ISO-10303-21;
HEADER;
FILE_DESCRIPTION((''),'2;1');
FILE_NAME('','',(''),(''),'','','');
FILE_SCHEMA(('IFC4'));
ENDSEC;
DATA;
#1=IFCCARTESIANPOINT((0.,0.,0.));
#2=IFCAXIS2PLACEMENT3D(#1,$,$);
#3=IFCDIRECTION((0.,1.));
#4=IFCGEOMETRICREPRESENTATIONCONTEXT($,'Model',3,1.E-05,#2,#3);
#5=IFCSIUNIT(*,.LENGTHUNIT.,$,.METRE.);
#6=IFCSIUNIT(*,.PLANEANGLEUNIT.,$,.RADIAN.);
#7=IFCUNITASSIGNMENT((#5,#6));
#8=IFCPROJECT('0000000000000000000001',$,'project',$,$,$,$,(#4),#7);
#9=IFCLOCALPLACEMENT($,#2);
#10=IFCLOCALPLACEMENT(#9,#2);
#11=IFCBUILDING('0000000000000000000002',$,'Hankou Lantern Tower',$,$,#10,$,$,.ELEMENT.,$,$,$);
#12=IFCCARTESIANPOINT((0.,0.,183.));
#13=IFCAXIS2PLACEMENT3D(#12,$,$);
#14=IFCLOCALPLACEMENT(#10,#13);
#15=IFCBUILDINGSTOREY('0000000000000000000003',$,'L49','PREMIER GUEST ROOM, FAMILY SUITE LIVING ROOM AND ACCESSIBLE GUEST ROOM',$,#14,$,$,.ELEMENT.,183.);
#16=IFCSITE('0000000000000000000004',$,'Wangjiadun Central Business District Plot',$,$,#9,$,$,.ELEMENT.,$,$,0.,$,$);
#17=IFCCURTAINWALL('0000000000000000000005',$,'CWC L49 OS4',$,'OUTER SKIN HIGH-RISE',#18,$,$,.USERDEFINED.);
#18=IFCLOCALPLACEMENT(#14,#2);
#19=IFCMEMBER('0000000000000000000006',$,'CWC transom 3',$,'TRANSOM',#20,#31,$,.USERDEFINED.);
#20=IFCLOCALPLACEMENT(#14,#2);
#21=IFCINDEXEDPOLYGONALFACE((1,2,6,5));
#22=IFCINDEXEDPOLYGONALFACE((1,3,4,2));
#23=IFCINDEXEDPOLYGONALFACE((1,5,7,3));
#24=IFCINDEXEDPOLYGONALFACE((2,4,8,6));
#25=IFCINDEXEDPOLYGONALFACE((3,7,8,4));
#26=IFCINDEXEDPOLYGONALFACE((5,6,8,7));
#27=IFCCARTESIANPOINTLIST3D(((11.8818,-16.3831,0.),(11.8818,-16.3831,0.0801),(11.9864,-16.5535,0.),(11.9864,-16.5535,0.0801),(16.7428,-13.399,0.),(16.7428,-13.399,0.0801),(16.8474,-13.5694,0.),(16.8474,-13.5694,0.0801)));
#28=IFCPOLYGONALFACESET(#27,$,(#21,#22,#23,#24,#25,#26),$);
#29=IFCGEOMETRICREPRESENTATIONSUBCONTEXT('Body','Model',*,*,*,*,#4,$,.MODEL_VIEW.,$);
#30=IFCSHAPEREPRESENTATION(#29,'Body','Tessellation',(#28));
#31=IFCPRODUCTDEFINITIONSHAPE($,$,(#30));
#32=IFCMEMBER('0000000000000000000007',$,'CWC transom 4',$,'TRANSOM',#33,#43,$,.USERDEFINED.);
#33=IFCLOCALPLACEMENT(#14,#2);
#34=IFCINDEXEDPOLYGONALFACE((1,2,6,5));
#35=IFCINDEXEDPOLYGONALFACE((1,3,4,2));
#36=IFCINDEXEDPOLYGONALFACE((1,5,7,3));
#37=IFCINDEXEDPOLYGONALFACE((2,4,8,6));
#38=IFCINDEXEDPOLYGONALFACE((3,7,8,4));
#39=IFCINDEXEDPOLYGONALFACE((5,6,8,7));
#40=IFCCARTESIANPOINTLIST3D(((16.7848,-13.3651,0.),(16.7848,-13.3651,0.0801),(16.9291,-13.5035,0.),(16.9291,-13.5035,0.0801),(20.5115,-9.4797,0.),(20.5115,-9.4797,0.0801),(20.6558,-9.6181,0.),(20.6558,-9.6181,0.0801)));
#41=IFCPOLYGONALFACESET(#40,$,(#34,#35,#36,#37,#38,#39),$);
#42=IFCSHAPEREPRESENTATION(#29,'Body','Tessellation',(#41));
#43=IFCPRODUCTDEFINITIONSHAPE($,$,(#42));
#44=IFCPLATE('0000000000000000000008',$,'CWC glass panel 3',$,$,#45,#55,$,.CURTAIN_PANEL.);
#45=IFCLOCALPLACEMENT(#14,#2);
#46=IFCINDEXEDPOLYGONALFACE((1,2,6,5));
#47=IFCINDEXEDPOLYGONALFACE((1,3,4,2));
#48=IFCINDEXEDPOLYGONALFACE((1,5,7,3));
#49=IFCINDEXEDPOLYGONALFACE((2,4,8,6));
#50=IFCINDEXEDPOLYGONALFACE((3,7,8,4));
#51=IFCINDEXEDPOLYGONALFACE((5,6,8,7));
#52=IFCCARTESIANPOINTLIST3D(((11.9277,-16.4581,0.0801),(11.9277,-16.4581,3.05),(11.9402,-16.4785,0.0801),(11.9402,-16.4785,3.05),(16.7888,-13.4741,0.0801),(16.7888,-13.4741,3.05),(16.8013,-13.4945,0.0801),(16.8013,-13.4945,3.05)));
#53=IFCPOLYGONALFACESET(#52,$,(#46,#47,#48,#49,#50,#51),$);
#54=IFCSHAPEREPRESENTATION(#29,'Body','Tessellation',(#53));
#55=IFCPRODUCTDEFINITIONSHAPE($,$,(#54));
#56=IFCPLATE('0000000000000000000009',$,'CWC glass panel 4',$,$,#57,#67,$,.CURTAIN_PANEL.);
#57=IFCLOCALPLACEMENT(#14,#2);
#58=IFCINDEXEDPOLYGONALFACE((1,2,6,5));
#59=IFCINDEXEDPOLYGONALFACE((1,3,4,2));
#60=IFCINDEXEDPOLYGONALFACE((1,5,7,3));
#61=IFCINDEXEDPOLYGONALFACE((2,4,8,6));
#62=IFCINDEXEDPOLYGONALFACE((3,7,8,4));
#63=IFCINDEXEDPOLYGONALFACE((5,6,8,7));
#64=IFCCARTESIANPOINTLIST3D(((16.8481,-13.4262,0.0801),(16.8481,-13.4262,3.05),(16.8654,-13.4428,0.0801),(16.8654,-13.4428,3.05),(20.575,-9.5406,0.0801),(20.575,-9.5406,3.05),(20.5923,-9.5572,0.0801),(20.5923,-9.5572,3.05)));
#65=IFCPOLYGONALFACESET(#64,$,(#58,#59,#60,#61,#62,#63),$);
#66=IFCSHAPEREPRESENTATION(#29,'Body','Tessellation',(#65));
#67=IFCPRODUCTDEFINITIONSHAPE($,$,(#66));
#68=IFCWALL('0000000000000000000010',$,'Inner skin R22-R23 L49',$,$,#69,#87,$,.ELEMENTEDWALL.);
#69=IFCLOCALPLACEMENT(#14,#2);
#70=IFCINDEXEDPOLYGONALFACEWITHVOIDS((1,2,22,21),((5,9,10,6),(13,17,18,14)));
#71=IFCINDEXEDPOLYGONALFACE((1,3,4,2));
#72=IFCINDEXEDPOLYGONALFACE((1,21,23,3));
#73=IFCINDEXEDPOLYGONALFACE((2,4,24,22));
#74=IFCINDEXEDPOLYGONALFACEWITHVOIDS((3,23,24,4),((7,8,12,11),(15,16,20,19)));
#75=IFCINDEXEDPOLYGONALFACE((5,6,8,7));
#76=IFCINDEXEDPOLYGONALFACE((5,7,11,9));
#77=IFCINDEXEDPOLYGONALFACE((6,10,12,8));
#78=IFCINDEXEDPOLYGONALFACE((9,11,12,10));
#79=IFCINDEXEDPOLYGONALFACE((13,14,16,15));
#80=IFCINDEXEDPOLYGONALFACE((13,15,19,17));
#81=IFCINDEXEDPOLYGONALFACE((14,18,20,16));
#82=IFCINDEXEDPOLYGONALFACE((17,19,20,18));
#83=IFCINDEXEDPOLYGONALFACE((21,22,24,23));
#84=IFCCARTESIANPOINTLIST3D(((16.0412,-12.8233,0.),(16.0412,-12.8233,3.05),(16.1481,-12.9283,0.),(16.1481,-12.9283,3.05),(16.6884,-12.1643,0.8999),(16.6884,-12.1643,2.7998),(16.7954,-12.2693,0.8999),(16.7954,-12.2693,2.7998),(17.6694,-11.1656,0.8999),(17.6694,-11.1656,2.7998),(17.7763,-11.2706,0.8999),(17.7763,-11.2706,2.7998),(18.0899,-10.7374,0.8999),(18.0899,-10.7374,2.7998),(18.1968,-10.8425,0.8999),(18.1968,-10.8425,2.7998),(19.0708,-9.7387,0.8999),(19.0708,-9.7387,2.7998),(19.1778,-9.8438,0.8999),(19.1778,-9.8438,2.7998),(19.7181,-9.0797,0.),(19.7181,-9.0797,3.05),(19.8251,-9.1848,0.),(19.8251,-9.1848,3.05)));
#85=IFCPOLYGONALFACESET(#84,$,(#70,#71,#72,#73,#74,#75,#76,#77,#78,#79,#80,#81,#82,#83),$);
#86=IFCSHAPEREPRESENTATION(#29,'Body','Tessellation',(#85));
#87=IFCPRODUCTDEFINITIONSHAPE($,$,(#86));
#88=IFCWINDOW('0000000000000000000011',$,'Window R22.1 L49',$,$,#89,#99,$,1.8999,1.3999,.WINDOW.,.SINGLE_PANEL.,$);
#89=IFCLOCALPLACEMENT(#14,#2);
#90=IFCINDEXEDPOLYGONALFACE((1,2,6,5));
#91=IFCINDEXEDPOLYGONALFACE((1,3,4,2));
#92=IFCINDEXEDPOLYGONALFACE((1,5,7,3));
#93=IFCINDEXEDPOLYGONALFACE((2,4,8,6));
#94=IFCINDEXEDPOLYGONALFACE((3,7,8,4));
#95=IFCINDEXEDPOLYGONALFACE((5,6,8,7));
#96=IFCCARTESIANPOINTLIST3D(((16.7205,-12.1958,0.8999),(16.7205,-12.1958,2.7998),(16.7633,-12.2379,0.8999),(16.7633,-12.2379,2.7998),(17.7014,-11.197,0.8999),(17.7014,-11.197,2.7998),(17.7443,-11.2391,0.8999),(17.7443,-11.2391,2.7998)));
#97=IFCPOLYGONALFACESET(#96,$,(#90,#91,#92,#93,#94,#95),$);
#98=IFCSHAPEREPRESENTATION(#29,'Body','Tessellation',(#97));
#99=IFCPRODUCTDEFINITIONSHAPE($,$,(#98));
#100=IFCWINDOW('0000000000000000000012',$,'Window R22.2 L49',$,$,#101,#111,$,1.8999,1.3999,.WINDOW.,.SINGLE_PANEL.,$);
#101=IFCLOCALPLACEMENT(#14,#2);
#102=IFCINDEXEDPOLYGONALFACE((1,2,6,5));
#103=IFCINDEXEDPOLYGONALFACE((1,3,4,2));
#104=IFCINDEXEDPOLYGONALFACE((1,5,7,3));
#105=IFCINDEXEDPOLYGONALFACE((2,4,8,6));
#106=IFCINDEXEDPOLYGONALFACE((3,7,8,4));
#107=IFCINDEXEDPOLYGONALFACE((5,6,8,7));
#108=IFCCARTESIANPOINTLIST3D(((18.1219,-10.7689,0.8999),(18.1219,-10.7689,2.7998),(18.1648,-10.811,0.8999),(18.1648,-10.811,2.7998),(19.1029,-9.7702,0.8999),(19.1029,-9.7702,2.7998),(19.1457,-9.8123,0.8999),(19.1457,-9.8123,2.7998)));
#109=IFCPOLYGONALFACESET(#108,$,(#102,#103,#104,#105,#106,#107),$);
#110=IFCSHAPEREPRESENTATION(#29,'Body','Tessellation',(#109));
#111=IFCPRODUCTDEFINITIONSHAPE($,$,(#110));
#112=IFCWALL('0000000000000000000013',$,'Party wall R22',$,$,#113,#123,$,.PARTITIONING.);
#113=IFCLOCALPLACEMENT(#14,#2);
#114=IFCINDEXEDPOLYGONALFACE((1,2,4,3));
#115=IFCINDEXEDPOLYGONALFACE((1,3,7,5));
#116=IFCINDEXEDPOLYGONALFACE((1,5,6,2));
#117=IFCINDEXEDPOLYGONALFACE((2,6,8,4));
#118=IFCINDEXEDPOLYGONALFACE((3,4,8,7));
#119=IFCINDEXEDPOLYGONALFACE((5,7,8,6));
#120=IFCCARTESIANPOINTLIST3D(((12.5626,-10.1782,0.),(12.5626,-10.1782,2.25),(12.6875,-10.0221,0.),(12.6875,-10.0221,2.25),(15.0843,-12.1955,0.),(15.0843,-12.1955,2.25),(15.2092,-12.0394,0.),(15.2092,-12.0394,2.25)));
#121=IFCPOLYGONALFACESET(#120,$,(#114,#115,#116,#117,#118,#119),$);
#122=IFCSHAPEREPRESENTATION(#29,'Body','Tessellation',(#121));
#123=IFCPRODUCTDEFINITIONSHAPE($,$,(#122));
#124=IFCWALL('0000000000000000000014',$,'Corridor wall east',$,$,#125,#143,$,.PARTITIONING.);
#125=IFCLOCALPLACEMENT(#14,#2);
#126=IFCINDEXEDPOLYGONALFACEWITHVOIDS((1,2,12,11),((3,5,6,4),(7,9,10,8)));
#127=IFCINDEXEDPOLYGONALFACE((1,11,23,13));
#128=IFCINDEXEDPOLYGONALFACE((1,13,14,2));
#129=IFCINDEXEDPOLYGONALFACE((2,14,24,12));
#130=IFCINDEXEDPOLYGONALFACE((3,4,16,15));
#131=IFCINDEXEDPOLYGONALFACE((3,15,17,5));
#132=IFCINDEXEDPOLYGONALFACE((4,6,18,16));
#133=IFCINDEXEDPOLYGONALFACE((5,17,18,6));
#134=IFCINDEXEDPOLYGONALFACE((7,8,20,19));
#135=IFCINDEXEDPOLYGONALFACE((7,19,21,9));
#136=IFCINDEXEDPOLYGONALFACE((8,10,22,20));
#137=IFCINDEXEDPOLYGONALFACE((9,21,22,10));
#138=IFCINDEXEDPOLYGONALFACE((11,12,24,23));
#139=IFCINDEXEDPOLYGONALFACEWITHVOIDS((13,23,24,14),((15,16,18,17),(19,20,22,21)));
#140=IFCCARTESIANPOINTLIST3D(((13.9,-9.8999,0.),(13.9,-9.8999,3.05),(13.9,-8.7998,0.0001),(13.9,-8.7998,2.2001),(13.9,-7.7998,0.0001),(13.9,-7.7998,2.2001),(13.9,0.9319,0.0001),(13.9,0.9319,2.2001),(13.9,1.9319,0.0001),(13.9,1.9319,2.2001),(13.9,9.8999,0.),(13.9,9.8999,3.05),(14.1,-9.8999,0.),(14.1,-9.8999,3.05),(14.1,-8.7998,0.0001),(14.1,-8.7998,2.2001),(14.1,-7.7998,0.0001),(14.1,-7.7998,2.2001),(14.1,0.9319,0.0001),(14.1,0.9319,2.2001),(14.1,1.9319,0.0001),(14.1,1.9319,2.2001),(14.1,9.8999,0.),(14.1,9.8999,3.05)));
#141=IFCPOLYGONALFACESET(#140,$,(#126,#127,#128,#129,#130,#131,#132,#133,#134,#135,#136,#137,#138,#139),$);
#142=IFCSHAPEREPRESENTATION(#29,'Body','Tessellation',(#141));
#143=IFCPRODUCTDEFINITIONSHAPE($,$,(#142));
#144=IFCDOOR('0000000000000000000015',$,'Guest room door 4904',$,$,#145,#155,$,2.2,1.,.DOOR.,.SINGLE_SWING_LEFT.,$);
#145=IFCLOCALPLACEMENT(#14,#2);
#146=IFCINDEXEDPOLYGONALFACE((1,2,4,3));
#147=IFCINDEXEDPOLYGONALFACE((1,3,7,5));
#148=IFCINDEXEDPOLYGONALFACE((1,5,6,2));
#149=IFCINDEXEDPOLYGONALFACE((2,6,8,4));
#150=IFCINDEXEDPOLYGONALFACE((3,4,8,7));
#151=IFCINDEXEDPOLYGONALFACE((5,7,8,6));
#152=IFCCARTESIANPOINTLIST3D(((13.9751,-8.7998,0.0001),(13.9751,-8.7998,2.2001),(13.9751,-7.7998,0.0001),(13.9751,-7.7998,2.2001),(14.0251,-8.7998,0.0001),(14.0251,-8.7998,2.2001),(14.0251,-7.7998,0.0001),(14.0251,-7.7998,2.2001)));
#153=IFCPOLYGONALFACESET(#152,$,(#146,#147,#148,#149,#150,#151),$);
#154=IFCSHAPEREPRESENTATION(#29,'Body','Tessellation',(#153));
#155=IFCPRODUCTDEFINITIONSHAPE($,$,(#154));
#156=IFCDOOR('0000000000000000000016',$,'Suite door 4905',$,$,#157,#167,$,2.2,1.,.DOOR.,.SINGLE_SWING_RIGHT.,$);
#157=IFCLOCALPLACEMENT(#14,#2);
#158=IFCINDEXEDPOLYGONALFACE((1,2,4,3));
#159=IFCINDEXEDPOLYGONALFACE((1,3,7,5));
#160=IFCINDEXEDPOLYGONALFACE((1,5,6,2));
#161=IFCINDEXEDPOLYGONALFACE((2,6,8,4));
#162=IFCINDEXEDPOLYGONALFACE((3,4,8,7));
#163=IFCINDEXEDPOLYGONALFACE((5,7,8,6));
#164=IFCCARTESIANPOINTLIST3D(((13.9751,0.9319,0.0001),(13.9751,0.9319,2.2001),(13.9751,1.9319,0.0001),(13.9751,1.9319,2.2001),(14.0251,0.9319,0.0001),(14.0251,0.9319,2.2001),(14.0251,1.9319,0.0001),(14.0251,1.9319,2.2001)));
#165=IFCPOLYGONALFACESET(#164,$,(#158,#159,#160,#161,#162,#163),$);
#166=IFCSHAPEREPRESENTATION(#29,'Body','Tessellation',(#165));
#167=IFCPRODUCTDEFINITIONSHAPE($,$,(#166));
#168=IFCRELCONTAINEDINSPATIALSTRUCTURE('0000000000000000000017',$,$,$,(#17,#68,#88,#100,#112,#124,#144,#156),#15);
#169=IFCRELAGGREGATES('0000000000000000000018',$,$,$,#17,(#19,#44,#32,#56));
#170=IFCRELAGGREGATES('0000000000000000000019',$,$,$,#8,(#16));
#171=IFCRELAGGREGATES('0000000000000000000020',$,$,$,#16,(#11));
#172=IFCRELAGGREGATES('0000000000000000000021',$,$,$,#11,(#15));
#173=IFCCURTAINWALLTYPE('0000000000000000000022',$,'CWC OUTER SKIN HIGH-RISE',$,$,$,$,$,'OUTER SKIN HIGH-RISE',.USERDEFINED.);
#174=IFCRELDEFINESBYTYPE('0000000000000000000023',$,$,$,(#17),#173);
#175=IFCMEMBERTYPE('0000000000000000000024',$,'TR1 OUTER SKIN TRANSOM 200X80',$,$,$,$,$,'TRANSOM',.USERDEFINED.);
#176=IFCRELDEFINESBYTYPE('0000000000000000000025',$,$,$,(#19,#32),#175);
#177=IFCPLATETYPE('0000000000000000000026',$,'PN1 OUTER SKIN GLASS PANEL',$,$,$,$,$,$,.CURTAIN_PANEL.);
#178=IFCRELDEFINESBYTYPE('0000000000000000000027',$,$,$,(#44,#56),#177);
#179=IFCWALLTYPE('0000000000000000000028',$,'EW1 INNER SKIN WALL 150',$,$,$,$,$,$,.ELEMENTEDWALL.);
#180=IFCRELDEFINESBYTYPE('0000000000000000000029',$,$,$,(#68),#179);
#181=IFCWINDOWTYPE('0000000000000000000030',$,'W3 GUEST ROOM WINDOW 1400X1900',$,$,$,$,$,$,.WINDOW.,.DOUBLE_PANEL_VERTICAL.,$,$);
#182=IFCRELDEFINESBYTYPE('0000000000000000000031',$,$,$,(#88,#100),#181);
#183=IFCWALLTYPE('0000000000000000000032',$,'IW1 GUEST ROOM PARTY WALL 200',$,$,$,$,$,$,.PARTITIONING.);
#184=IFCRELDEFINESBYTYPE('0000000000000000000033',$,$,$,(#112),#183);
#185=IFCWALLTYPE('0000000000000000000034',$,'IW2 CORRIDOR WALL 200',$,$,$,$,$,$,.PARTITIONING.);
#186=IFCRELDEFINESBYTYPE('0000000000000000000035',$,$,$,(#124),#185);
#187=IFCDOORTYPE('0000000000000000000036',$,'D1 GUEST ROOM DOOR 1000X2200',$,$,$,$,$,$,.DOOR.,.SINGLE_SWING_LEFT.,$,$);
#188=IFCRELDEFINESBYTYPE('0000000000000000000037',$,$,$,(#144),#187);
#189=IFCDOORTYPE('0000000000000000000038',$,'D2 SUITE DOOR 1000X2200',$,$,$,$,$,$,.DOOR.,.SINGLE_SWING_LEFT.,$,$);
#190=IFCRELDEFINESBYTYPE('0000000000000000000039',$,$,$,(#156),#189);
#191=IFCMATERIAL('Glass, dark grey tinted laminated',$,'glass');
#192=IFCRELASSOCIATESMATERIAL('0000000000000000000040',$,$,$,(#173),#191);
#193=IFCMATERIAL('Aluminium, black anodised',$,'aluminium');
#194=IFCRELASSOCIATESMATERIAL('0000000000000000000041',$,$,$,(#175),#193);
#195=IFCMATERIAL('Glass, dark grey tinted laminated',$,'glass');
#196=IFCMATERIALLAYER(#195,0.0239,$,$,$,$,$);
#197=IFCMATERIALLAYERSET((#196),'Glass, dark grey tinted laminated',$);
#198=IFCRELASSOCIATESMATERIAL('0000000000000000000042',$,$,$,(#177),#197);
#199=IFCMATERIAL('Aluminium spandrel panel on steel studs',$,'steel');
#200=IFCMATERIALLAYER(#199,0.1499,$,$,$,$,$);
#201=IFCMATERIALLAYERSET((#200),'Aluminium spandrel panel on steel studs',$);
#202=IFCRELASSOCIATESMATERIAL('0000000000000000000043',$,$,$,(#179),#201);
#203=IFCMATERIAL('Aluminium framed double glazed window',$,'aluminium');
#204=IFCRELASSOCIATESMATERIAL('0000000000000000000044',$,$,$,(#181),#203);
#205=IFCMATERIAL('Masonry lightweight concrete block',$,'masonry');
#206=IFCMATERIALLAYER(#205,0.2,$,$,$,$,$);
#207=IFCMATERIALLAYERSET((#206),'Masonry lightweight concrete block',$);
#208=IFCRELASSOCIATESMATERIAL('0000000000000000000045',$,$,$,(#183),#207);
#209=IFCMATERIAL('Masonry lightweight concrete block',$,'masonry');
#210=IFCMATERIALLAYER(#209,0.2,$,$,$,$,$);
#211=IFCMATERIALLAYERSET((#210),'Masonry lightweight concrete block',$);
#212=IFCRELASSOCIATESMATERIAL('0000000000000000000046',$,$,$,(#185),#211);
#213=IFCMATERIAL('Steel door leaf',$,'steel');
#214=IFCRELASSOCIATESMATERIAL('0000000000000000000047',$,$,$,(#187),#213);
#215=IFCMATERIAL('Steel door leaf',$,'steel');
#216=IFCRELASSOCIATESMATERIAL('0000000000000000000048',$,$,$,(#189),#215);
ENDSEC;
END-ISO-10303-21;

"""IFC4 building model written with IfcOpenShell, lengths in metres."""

from ifc_helpers import new_model, si_unit, direction, frame, frame_2d, origin, origin_2d, place, context, subcontext, project, spatial, rectangle, extrude, material, layer, layer_set, material_profile, profile_set, type_object, element, fill, aggregate, save


model = new_model("IFC4")

# Units and contexts
model_context = context("Model", 3, precision=1e-05, world=origin(), true_north=direction((0.0, 1.0)))
body_context = subcontext(model_context, "Body", "Model", "MODEL_VIEW")
ifc_project = project(units=[si_unit("LENGTHUNIT", "METRE"), si_unit("PLANEANGLEUNIT", "RADIAN")], contexts=[model_context])

# Site, building, storey
site_placement = place(None, origin())
site = spatial("IfcSite", under=ifc_project, at=site_placement, Name="Wangjiadun Central Business District Plot", CompositionType="ELEMENT", RefElevation=0.0)
building_placement = place(site_placement, origin())
building = spatial("IfcBuilding", under=site, at=building_placement, Name="Hankou Lantern Tower", CompositionType="ELEMENT")
storey_placement = place(building_placement, frame((0.0, 0.0, 183.0)))
storey = spatial("IfcBuildingStorey", under=building, at=storey_placement, Name="L49", Description="PREMIER GUEST ROOM, FAMILY SUITE LIVING ROOM AND ACCESSIBLE GUEST ROOM", CompositionType="ELEMENT", Elevation=183.0)

# Curtain wall
ifc_material_1 = material(Name="Glass, dark grey tinted laminated", Category="glass")
curtain_wall_type = type_object("IfcCurtainWallType", Name="CWC OUTER SKIN HIGH-RISE", ElementType="OUTER SKIN HIGH-RISE", PredefinedType="USERDEFINED", material=ifc_material_1)
curtain_wall_placement = place(storey_placement, origin())
curtain_wall = element("IfcCurtainWall", 1, at=curtain_wall_placement, inside=storey, type_object=curtain_wall_type, Name="CWC L49 OS4", ObjectType="OUTER SKIN HIGH-RISE", PredefinedType="USERDEFINED")

# Members
ifc_material_2 = material(Name="Aluminium, black anodised", Category="aluminium")
ifc_material_profile_1 = material_profile(ifc_material_2, rectangle(XDim=0.2, YDim=0.0801, at=origin_2d()), Name="TR1 200X80")
ifc_profile_set_1 = profile_set([ifc_material_profile_1], Name="Aluminium, black anodised")
member_type_1 = type_object("IfcMemberType", Name="TR1 OUTER SKIN TRANSOM 200X80", ElementType="TRANSOM", PredefinedType="USERDEFINED", material=ifc_profile_set_1)
member_1_placement = place(storey_placement, frame((11.9341, -16.4683, 0.04), z_axis=(0.852229, 0.523168, 0.0), x_axis=(-0.523168, 0.852229, 0.0)))
member_1 = element("IfcMember", 2, at=member_1_placement, type_object=member_type_1, Name="CWC transom 3", ObjectType="TRANSOM", PredefinedType="USERDEFINED", context=body_context, shape_type="SweptSolid", body=[
    extrude(rectangle(XDim=0.2, YDim=0.0801, at=origin_2d()), origin(), (0.0, 0.0, 1.0), 5.7039),
])
member_2_placement = place(storey_placement, frame((16.8569, -13.4343, 0.04), z_axis=(0.692216, 0.721691, 0.0), x_axis=(-0.721691, 0.692216, 0.0)))
member_2 = element("IfcMember", 3, at=member_2_placement, type_object=member_type_1, Name="CWC transom 4", ObjectType="TRANSOM", PredefinedType="USERDEFINED", context=body_context, shape_type="SweptSolid", body=[
    extrude(rectangle(XDim=0.2, YDim=0.0801, at=origin_2d()), origin(), (0.0, 0.0, 1.0), 5.3838),
])

# Plates
ifc_material_3 = material(Name="Glass, dark grey tinted laminated", Category="glass")
ifc_layer_1 = layer(ifc_material_3, 0.0239)
ifc_layer_set_1 = layer_set([ifc_layer_1], Name="Glass, dark grey tinted laminated")
plate_type = type_object("IfcPlateType", Name="PN1 OUTER SKIN GLASS PANEL", PredefinedType="CURTAIN_PANEL", material=ifc_layer_set_1)
plate_1_placement = place(storey_placement, frame((14.3645, -14.9763, 0.0801), z_axis=(0.0, 0.0, 1.0), x_axis=(0.852237, 0.523156, 0.0)))
plate_1 = element("IfcPlate", 4, at=plate_1_placement, type_object=plate_type, Name="CWC glass panel 3", PredefinedType="CURTAIN_PANEL", context=body_context, shape_type="SweptSolid", body=[
    extrude(rectangle(XDim=5.7039, YDim=0.0239, at=origin_2d()), origin(), (0.0, 0.0, 1.0), 2.97),
])
plate_2_placement = place(storey_placement, frame((18.7202, -11.4917, 0.0801), z_axis=(0.0, 0.0, 1.0), x_axis=(0.692216, 0.721691, 0.0)))
plate_2 = element("IfcPlate", 5, at=plate_2_placement, type_object=plate_type, Name="CWC glass panel 4", PredefinedType="CURTAIN_PANEL", context=body_context, shape_type="SweptSolid", body=[
    extrude(rectangle(XDim=5.384, YDim=0.0239, at=origin_2d()), origin(), (0.0, 0.0, 1.0), 2.97),
])
aggregate(curtain_wall, [member_1, plate_1, member_2, plate_2])

# Wall, openings, windows
ifc_material_4 = material(Name="Aluminium spandrel panel on steel studs", Category="steel")
ifc_layer_2 = layer(ifc_material_4, 0.1499)
ifc_layer_set_2 = layer_set([ifc_layer_2], Name="Aluminium spandrel panel on steel studs")
wall_type_1 = type_object("IfcWallType", Name="EW1 INNER SKIN WALL 150", PredefinedType="ELEMENTEDWALL", material=ifc_layer_set_2)
wall_1_placement = place(storey_placement, frame((16.0947, -12.8757, 0.0), z_axis=(0.0, 0.0, 1.0), x_axis=(0.700727, 0.713429, 0.0)))
wall_1 = element("IfcWall", 6, at=wall_1_placement, inside=storey, type_object=wall_type_1, Name="Inner skin R22-R23 L49", PredefinedType="ELEMENTEDWALL", context=body_context, shape_type="SweptSolid", body=[
    extrude(rectangle(XDim=5.2473, YDim=0.1499, at=frame_2d((2.6235, 0.0))), origin(), (0.0, 0.0, 1.0), 3.05),
])
opening_1_placement = place(wall_1_placement, frame((0.9236, 0.0, 0.8999)))
opening_1 = element("IfcOpeningElement", 7, at=opening_1_placement, cuts=wall_1, PredefinedType="OPENING", context=body_context, shape_type="SweptSolid", body=[
    extrude(rectangle(XDim=1.3999, YDim=1.8999, at=frame_2d((0.7, 0.95))), frame((0.0, 0.085, 0.0), z_axis=(0.0, -1.0, 0.0), x_axis=(1.0, 0.0, 0.0)), (0.0, 0.0, 1.0), 0.1699),
])
opening_2_placement = place(wall_1_placement, frame((2.9236, 0.0, 0.8999)))
opening_2 = element("IfcOpeningElement", 8, at=opening_2_placement, cuts=wall_1, PredefinedType="OPENING", context=body_context, shape_type="SweptSolid", body=[
    extrude(rectangle(XDim=1.3999, YDim=1.8999, at=frame_2d((0.7, 0.95))), frame((0.0, 0.085, 0.0), z_axis=(0.0, -1.0, 0.0), x_axis=(1.0, 0.0, 0.0)), (0.0, 0.0, 1.0), 0.1699),
])
ifc_material_5 = material(Name="Aluminium framed double glazed window", Category="aluminium")
window_type = type_object("IfcWindowType", Name="W3 GUEST ROOM WINDOW 1400X1900", PartitioningType="DOUBLE_PANEL_VERTICAL", PredefinedType="WINDOW", material=ifc_material_5)
window_1_placement = place(opening_1_placement, origin())
window_1 = element("IfcWindow", 9, at=window_1_placement, inside=storey, type_object=window_type, Name="Window R22.1 L49", OverallHeight=1.8999, OverallWidth=1.3999, PartitioningType="SINGLE_PANEL", PredefinedType="WINDOW", context=body_context, shape_type="SweptSolid", body=[
    extrude(rectangle(XDim=1.3999, YDim=1.8999, at=frame_2d((0.7, 0.95))), frame((0.0, 0.03, 0.0), z_axis=(0.0, -1.0, 0.0), x_axis=(1.0, 0.0, 0.0)), (0.0, 0.0, 1.0), 0.0601),
])
fill(opening_1, window_1)
window_2_placement = place(opening_2_placement, origin())
window_2 = element("IfcWindow", 10, at=window_2_placement, inside=storey, type_object=window_type, Name="Window R22.2 L49", OverallHeight=1.8999, OverallWidth=1.3999, PartitioningType="SINGLE_PANEL", PredefinedType="WINDOW", context=body_context, shape_type="SweptSolid", body=[
    extrude(rectangle(XDim=1.3999, YDim=1.8999, at=frame_2d((0.7, 0.95))), frame((0.0, 0.03, 0.0), z_axis=(0.0, -1.0, 0.0), x_axis=(1.0, 0.0, 0.0)), (0.0, 0.0, 1.0), 0.0601),
])
fill(opening_2, window_2)

# Wall
ifc_material_6 = material(Name="Masonry lightweight concrete block", Category="masonry")
ifc_layer_3 = layer(ifc_material_6, 0.2)
ifc_layer_set_3 = layer_set([ifc_layer_3], Name="Masonry lightweight concrete block")
wall_type_2 = type_object("IfcWallType", Name="IW1 GUEST ROOM PARTY WALL 200", PredefinedType="PARTITIONING", material=ifc_layer_set_3)
wall_2_placement = place(storey_placement, frame((12.625, -10.1001, 0.0), z_axis=(0.0, 0.0, 1.0), x_axis=(0.780876, -0.624686, 0.0)))
element("IfcWall", 11, at=wall_2_placement, inside=storey, type_object=wall_type_2, Name="Party wall R22", PredefinedType="PARTITIONING", context=body_context, shape_type="SweptSolid", body=[
    extrude(rectangle(XDim=3.2292, YDim=0.2, at=frame_2d((1.6147, 0.0))), origin(), (0.0, 0.0, 1.0), 2.25),
])

# Wall, openings, doors
ifc_material_7 = material(Name="Masonry lightweight concrete block", Category="masonry")
ifc_layer_4 = layer(ifc_material_7, 0.2)
ifc_layer_set_4 = layer_set([ifc_layer_4], Name="Masonry lightweight concrete block")
wall_type_3 = type_object("IfcWallType", Name="IW2 CORRIDOR WALL 200", PredefinedType="PARTITIONING", material=ifc_layer_set_4)
wall_3_placement = place(storey_placement, frame((14.0, -9.8999, 0.0), z_axis=(0.0, 0.0, 1.0), x_axis=(0.0, 1.0, 0.0)))
wall_3 = element("IfcWall", 12, at=wall_3_placement, inside=storey, type_object=wall_type_3, Name="Corridor wall east", PredefinedType="PARTITIONING", context=body_context, shape_type="SweptSolid", body=[
    extrude(rectangle(XDim=19.7998, YDim=0.2, at=frame_2d((9.8999, 0.0))), origin(), (0.0, 0.0, 1.0), 3.05),
])
opening_3_placement = place(wall_3_placement, frame((1.1001, 0.0, 0.0)))
opening_3 = element("IfcOpeningElement", 13, at=opening_3_placement, cuts=wall_3, PredefinedType="OPENING", context=body_context, shape_type="SweptSolid", body=[
    extrude(rectangle(XDim=1.0, YDim=2.2, at=frame_2d((0.5, 1.1001))), frame((0.0, 0.1099, 0.0), z_axis=(0.0, -1.0, 0.0), x_axis=(1.0, 0.0, 0.0)), (0.0, 0.0, 1.0), 0.22),
])
opening_4_placement = place(wall_3_placement, frame((10.8318, 0.0, 0.0)))
opening_4 = element("IfcOpeningElement", 14, at=opening_4_placement, cuts=wall_3, PredefinedType="OPENING", context=body_context, shape_type="SweptSolid", body=[
    extrude(rectangle(XDim=1.0, YDim=2.2, at=frame_2d((0.5, 1.1001))), frame((0.0, 0.1099, 0.0), z_axis=(0.0, -1.0, 0.0), x_axis=(1.0, 0.0, 0.0)), (0.0, 0.0, 1.0), 0.22),
])
ifc_material_8 = material(Name="Steel door leaf", Category="steel")
door_type_1 = type_object("IfcDoorType", Name="D1 GUEST ROOM DOOR 1000X2200", OperationType="SINGLE_SWING_LEFT", PredefinedType="DOOR", material=ifc_material_8)
door_1_placement = place(opening_3_placement, origin())
door_1 = element("IfcDoor", 15, at=door_1_placement, inside=storey, type_object=door_type_1, Name="Guest room door 4904", OperationType="SINGLE_SWING_LEFT", OverallHeight=2.2, OverallWidth=1.0, PredefinedType="DOOR", context=body_context, shape_type="SweptSolid", body=[
    extrude(rectangle(XDim=1.0, YDim=2.2, at=frame_2d((0.5, 1.1001))), frame((0.0, 0.0249, 0.0), z_axis=(0.0, -1.0, 0.0), x_axis=(1.0, 0.0, 0.0)), (0.0, 0.0, 1.0), 0.05),
])
fill(opening_3, door_1)
ifc_material_9 = material(Name="Steel door leaf", Category="steel")
door_type_2 = type_object("IfcDoorType", Name="D2 SUITE DOOR 1000X2200", OperationType="SINGLE_SWING_LEFT", PredefinedType="DOOR", material=ifc_material_9)
door_2_placement = place(opening_4_placement, origin())
door_2 = element("IfcDoor", 16, at=door_2_placement, inside=storey, type_object=door_type_2, Name="Suite door 4905", OperationType="SINGLE_SWING_RIGHT", OverallHeight=2.2, OverallWidth=1.0, PredefinedType="DOOR", context=body_context, shape_type="SweptSolid", body=[
    extrude(rectangle(XDim=1.0, YDim=2.2, at=frame_2d((0.5, 1.1001))), frame((0.0, 0.0249, 0.0), z_axis=(0.0, -1.0, 0.0), x_axis=(1.0, 0.0, 0.0)), (0.0, 0.0, 1.0), 0.05),
])
fill(opening_4, door_2)

save(model, "model.ifc")
